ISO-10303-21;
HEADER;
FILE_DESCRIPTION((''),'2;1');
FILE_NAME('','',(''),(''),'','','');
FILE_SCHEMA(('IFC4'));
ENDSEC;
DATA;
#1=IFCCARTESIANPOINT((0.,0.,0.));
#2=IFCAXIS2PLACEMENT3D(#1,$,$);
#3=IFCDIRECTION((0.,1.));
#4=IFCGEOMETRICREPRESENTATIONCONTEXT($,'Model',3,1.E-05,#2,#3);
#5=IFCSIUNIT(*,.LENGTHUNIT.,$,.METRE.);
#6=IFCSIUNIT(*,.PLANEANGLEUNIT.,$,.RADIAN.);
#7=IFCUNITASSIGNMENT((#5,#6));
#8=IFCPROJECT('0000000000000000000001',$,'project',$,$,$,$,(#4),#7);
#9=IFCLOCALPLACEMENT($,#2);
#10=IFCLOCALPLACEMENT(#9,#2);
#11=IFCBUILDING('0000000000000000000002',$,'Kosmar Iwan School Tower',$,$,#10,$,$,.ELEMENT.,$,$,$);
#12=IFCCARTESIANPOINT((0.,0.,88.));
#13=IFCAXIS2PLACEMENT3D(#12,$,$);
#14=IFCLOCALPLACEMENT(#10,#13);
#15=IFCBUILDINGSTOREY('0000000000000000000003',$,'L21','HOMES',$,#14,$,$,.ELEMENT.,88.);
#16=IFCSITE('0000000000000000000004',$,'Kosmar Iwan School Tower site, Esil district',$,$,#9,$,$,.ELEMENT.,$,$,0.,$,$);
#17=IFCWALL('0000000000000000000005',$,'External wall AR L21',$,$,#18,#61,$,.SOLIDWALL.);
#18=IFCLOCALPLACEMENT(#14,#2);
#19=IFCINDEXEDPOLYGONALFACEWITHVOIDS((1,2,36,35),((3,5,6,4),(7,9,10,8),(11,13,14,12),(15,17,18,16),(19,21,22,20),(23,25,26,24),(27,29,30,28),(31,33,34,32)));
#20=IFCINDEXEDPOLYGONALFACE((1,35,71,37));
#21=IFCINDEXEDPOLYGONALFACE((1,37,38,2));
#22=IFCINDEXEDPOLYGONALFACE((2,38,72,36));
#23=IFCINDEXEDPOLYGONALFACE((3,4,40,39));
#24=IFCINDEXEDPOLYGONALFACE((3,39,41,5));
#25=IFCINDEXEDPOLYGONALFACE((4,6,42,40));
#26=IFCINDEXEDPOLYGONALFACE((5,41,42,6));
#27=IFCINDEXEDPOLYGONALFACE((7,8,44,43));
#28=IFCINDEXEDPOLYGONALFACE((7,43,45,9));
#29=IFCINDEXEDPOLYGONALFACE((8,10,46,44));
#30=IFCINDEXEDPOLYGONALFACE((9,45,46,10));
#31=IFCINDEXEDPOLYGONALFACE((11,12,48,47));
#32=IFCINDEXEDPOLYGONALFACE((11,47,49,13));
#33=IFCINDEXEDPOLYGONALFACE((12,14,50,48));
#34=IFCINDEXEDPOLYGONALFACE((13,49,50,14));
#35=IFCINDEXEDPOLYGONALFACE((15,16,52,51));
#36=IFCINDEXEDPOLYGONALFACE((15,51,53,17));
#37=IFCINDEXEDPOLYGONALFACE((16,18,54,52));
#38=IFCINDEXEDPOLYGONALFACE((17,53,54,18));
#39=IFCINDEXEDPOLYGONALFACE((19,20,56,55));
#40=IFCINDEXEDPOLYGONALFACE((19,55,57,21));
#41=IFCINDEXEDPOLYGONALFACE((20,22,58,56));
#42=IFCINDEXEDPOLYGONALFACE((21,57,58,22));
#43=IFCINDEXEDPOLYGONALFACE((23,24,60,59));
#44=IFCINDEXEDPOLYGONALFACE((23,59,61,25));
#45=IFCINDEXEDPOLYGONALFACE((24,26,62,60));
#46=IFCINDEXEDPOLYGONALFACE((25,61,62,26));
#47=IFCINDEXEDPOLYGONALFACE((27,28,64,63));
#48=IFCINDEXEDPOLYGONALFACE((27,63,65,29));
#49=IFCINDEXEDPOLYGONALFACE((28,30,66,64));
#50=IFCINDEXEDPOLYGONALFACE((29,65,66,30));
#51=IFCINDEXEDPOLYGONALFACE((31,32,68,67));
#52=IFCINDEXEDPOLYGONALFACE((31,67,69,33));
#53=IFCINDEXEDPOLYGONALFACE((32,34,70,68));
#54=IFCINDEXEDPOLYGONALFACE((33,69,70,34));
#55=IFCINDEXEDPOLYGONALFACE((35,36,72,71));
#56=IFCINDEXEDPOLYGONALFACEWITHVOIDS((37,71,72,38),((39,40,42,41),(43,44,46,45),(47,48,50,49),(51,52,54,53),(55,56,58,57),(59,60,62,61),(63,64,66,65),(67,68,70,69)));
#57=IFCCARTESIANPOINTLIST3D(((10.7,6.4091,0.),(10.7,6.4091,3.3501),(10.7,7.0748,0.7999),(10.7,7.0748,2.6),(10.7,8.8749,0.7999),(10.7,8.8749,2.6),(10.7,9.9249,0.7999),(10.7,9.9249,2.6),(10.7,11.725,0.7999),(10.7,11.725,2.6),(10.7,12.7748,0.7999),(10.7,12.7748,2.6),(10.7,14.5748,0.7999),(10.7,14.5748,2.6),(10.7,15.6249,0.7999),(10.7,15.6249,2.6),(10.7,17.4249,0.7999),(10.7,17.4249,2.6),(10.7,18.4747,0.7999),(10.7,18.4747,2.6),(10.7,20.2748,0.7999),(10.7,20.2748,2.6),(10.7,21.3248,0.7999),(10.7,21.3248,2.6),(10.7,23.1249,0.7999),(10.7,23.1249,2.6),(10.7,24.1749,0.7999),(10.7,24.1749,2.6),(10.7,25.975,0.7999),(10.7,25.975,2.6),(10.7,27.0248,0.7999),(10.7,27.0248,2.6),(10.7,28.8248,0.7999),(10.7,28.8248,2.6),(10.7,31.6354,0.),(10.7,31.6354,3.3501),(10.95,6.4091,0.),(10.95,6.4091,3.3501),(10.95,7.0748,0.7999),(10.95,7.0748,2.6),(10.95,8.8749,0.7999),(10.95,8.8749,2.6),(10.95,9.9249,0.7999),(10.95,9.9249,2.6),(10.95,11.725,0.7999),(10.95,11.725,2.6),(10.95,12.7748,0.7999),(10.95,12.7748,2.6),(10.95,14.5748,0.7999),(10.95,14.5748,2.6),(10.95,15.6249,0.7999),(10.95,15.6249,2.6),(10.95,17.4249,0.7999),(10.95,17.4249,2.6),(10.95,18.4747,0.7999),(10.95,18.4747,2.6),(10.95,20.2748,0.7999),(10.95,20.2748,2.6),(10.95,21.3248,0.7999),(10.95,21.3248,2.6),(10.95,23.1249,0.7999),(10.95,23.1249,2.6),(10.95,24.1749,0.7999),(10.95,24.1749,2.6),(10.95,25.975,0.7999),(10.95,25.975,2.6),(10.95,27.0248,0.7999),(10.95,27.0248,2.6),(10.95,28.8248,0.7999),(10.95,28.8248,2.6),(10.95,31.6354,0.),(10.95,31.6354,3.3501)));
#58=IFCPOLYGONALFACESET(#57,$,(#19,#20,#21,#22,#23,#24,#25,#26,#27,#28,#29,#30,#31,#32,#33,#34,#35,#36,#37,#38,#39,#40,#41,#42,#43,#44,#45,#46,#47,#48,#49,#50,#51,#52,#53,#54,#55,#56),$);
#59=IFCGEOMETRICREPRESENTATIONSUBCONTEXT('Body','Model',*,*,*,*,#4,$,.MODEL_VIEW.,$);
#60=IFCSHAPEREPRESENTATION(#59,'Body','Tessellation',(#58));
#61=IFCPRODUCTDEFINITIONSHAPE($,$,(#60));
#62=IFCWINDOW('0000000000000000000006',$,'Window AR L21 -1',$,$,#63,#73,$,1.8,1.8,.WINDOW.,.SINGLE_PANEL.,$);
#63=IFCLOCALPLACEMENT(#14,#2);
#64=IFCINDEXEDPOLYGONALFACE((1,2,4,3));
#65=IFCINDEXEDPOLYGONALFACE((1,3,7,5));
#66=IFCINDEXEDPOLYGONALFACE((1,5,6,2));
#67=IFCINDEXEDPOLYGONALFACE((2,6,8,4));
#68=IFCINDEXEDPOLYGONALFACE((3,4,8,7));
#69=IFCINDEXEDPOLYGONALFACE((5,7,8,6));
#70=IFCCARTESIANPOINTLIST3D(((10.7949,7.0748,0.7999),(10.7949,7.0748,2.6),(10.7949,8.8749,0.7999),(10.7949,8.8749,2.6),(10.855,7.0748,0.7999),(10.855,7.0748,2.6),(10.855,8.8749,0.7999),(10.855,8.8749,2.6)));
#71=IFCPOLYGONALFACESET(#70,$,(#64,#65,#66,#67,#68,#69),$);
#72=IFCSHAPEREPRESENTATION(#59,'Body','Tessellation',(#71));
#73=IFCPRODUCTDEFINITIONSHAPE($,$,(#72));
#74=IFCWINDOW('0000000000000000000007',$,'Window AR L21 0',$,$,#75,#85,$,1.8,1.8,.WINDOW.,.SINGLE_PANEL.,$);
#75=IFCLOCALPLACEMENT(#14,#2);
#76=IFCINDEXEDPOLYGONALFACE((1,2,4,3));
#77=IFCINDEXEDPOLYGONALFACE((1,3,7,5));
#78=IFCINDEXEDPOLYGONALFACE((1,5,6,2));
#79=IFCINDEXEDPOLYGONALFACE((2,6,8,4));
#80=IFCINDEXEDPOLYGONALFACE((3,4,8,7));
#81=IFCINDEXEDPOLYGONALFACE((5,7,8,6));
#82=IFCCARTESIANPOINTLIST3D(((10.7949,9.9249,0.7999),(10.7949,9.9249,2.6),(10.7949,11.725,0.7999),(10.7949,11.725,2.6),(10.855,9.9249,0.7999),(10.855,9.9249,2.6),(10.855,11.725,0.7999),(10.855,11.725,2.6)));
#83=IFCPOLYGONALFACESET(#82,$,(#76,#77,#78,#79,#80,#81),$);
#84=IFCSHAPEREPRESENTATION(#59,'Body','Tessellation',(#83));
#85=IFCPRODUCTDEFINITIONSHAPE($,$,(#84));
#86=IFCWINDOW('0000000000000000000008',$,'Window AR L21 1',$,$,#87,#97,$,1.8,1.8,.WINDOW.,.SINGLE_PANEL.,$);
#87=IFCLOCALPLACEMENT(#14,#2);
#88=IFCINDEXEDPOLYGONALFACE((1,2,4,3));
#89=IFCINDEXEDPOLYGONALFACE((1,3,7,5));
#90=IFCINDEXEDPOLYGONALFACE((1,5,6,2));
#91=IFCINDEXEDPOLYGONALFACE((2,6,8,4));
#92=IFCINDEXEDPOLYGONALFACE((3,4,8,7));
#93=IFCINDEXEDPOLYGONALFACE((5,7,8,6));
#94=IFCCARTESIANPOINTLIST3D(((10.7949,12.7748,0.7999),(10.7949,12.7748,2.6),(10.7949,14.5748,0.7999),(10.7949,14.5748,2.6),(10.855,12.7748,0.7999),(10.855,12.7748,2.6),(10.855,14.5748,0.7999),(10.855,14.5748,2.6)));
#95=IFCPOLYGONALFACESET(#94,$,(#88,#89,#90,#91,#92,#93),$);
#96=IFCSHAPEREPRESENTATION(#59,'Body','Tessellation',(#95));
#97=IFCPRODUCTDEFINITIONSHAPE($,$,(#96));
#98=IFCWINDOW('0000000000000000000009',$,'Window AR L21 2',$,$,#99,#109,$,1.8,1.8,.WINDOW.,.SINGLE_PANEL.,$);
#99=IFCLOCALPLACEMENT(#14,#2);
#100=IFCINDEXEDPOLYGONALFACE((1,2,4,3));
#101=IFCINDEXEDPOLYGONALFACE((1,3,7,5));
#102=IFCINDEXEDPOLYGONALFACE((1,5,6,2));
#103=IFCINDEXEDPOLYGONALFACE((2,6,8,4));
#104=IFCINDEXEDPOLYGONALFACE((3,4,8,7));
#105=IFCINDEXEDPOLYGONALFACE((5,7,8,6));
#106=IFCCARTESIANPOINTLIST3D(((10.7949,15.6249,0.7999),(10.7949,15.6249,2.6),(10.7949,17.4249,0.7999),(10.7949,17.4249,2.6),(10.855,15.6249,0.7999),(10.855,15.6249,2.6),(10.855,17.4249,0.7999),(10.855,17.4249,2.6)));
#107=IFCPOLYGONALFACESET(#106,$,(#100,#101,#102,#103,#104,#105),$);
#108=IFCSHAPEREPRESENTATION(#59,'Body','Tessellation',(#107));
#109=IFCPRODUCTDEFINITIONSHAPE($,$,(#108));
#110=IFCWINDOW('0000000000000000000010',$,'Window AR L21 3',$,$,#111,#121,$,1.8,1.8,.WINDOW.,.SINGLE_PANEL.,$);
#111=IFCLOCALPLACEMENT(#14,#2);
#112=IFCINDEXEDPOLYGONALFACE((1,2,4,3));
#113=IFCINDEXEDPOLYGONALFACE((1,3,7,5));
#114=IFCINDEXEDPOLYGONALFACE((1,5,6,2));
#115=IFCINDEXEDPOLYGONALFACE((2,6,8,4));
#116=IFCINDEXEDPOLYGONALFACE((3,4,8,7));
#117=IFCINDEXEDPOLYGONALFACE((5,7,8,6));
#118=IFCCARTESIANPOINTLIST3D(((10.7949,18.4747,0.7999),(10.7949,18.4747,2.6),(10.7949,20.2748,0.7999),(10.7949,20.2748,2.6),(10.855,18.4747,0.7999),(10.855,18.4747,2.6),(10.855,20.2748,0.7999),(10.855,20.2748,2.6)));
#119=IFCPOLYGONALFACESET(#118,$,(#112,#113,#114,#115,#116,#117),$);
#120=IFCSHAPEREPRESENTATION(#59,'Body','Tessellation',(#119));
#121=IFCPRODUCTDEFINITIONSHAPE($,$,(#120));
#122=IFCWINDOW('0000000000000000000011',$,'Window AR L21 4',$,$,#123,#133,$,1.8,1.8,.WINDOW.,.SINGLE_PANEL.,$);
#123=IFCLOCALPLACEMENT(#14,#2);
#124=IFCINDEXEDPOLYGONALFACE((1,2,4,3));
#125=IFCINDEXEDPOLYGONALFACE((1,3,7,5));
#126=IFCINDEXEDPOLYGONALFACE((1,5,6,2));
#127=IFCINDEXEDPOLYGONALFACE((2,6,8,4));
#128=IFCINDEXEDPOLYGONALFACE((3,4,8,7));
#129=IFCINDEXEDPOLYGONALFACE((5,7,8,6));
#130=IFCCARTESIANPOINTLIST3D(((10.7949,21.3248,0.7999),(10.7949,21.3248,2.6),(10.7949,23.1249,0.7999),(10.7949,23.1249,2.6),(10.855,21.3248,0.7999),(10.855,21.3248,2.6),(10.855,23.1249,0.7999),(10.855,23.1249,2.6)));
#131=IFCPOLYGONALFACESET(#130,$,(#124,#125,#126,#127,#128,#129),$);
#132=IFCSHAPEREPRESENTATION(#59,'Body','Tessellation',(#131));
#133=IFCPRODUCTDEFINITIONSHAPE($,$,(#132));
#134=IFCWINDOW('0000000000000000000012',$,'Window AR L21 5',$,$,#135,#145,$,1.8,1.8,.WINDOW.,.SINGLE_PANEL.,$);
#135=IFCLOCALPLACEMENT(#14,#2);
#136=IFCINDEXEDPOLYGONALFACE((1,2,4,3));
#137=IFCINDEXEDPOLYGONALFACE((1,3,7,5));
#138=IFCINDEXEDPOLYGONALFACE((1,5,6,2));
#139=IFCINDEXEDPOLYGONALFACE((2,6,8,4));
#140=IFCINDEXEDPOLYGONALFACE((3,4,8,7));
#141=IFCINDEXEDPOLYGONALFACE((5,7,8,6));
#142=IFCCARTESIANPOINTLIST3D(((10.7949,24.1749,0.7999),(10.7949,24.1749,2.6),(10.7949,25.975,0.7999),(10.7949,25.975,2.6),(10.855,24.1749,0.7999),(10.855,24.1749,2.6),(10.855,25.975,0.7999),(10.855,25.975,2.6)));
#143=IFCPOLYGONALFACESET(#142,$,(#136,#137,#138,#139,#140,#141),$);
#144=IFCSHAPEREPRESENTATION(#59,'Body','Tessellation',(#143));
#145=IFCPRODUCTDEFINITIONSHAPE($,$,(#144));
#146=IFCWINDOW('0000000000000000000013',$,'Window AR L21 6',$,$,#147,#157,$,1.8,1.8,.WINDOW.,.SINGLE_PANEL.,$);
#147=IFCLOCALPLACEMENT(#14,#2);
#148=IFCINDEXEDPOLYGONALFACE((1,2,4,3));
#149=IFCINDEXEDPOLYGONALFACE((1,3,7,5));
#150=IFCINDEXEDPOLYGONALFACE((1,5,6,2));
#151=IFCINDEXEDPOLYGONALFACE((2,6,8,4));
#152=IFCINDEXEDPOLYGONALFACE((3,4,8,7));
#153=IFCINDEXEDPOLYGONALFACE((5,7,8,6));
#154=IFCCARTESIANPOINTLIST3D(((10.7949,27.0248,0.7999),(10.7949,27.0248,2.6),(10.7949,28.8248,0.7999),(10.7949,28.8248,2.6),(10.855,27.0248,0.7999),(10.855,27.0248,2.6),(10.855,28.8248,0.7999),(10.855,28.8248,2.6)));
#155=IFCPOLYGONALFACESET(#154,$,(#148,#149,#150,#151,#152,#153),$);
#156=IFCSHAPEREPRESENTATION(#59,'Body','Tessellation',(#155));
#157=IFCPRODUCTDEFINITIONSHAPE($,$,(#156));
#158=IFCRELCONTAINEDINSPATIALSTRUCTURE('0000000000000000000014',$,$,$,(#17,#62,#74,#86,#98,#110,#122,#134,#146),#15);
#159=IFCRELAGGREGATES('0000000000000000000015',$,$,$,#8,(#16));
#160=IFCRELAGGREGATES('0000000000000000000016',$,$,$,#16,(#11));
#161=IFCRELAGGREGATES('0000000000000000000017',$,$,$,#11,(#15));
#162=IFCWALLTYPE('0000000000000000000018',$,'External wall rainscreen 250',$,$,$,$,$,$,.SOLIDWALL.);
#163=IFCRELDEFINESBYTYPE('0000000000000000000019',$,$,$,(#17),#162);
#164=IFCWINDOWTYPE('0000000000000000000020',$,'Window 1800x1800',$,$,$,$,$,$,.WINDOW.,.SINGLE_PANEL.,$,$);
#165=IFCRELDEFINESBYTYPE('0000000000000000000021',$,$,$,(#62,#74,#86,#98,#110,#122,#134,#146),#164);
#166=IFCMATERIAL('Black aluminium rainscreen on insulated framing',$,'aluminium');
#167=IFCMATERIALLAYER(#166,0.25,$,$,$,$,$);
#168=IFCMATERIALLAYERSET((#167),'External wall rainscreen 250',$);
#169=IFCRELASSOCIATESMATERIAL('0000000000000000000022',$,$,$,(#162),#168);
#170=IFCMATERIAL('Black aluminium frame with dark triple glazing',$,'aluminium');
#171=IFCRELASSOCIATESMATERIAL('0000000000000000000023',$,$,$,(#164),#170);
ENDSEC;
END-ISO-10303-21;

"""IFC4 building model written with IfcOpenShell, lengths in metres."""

from ifc_helpers import new_model, si_unit, direction, frame, frame_2d, origin, place, context, subcontext, project, spatial, rectangle, extrude, material, layer, layer_set, type_object, element, fill, save


model = new_model("IFC4")

# Units and contexts
model_context = context("Model", 3, precision=1e-05, world=origin(), true_north=direction((0.0, 1.0)))
body_context = subcontext(model_context, "Body", "Model", "MODEL_VIEW")
ifc_project = project(units=[si_unit("LENGTHUNIT", "METRE"), si_unit("PLANEANGLEUNIT", "RADIAN")], contexts=[model_context])

# Site, building, storey
site_placement = place(None, origin())
site = spatial("IfcSite", under=ifc_project, at=site_placement, Name="Kosmar Iwan School Tower site, Esil district", CompositionType="ELEMENT", RefElevation=0.0)
building_placement = place(site_placement, origin())
building = spatial("IfcBuilding", under=site, at=building_placement, Name="Kosmar Iwan School Tower", CompositionType="ELEMENT")
storey_placement = place(building_placement, frame((0.0, 0.0, 88.0)))
storey = spatial("IfcBuildingStorey", under=building, at=storey_placement, Name="L21", Description="HOMES", CompositionType="ELEMENT", Elevation=88.0)

# Wall, openings, windows
ifc_material_1 = material(Name="Black aluminium rainscreen on insulated framing", Category="aluminium")
ifc_layer = layer(ifc_material_1, 0.25)
ifc_layer_set = layer_set([ifc_layer], Name="External wall rainscreen 250")
wall_type = type_object("IfcWallType", Name="External wall rainscreen 250", PredefinedType="SOLIDWALL", material=ifc_layer_set)
ifc_material_2 = material(Name="Black aluminium frame with dark triple glazing", Category="aluminium")
window_type = type_object("IfcWindowType", Name="Window 1800x1800", PartitioningType="SINGLE_PANEL", PredefinedType="WINDOW", material=ifc_material_2)
wall_1_placement = place(storey_placement, frame((10.825, 6.4089, 0.0), z_axis=(0.0, 0.0, 1.0), x_axis=(0.0, 1.0, 0.0)))
wall_1 = element("IfcWall", 1, at=wall_1_placement, inside=storey, type_object=wall_type, Name="External wall AR L21", PredefinedType="SOLIDWALL", context=body_context, shape_type="SweptSolid", body=[
    extrude(rectangle(XDim=25.2263, YDim=0.25, at=frame_2d((12.6133, 0.0))), origin(), (0.0, 0.0, 1.0), 3.3501),
])
opening_1_placement = place(wall_1_placement, frame((0.666, 0.0, 0.8)))
opening_1 = element("IfcOpeningElement", 2, at=opening_1_placement, cuts=wall_1, PredefinedType="OPENING", context=body_context, shape_type="SweptSolid", body=[
    extrude(rectangle(XDim=1.8, YDim=1.8, at=frame_2d((0.8999, 0.8999))), frame((0.0, 0.137, 0.0), z_axis=(0.0, -1.0, 0.0), x_axis=(1.0, 0.0, 0.0)), (0.0, 0.0, 1.0), 0.2739),
])
opening_2_placement = place(wall_1_placement, frame((3.5161, 0.0, 0.8)))
opening_2 = element("IfcOpeningElement", 3, at=opening_2_placement, cuts=wall_1, PredefinedType="OPENING", context=body_context, shape_type="SweptSolid", body=[
    extrude(rectangle(XDim=1.8, YDim=1.8, at=frame_2d((0.8999, 0.8999))), frame((0.0, 0.137, 0.0), z_axis=(0.0, -1.0, 0.0), x_axis=(1.0, 0.0, 0.0)), (0.0, 0.0, 1.0), 0.2739),
])
opening_3_placement = place(wall_1_placement, frame((6.366, 0.0, 0.8)))
opening_3 = element("IfcOpeningElement", 4, at=opening_3_placement, cuts=wall_1, PredefinedType="OPENING", context=body_context, shape_type="SweptSolid", body=[
    extrude(rectangle(XDim=1.8, YDim=1.8, at=frame_2d((0.8999, 0.8999))), frame((0.0, 0.137, 0.0), z_axis=(0.0, -1.0, 0.0), x_axis=(1.0, 0.0, 0.0)), (0.0, 0.0, 1.0), 0.2739),
])
opening_4_placement = place(wall_1_placement, frame((9.2161, 0.0, 0.8)))
opening_4 = element("IfcOpeningElement", 5, at=opening_4_placement, cuts=wall_1, PredefinedType="OPENING", context=body_context, shape_type="SweptSolid", body=[
    extrude(rectangle(XDim=1.8, YDim=1.8, at=frame_2d((0.8999, 0.8999))), frame((0.0, 0.137, 0.0), z_axis=(0.0, -1.0, 0.0), x_axis=(1.0, 0.0, 0.0)), (0.0, 0.0, 1.0), 0.2739),
])
opening_5_placement = place(wall_1_placement, frame((12.0659, 0.0, 0.8)))
opening_5 = element("IfcOpeningElement", 6, at=opening_5_placement, cuts=wall_1, PredefinedType="OPENING", context=body_context, shape_type="SweptSolid", body=[
    extrude(rectangle(XDim=1.8, YDim=1.8, at=frame_2d((0.8999, 0.8999))), frame((0.0, 0.137, 0.0), z_axis=(0.0, -1.0, 0.0), x_axis=(1.0, 0.0, 0.0)), (0.0, 0.0, 1.0), 0.2739),
])
opening_6_placement = place(wall_1_placement, frame((14.916, 0.0, 0.8)))
opening_6 = element("IfcOpeningElement", 7, at=opening_6_placement, cuts=wall_1, PredefinedType="OPENING", context=body_context, shape_type="SweptSolid", body=[
    extrude(rectangle(XDim=1.8, YDim=1.8, at=frame_2d((0.8999, 0.8999))), frame((0.0, 0.137, 0.0), z_axis=(0.0, -1.0, 0.0), x_axis=(1.0, 0.0, 0.0)), (0.0, 0.0, 1.0), 0.2739),
])
opening_7_placement = place(wall_1_placement, frame((17.7661, 0.0, 0.8)))
opening_7 = element("IfcOpeningElement", 8, at=opening_7_placement, cuts=wall_1, PredefinedType="OPENING", context=body_context, shape_type="SweptSolid", body=[
    extrude(rectangle(XDim=1.8, YDim=1.8, at=frame_2d((0.8999, 0.8999))), frame((0.0, 0.137, 0.0), z_axis=(0.0, -1.0, 0.0), x_axis=(1.0, 0.0, 0.0)), (0.0, 0.0, 1.0), 0.2739),
])
opening_8_placement = place(wall_1_placement, frame((20.616, 0.0, 0.8)))
opening_8 = element("IfcOpeningElement", 9, at=opening_8_placement, cuts=wall_1, PredefinedType="OPENING", context=body_context, shape_type="SweptSolid", body=[
    extrude(rectangle(XDim=1.8, YDim=1.8, at=frame_2d((0.8999, 0.8999))), frame((0.0, 0.137, 0.0), z_axis=(0.0, -1.0, 0.0), x_axis=(1.0, 0.0, 0.0)), (0.0, 0.0, 1.0), 0.2739),
])
window_1_placement = place(opening_1_placement, origin())
window_1 = element("IfcWindow", 10, at=window_1_placement, inside=storey, type_object=window_type, Name="Window AR L21 -1", OverallHeight=1.8, OverallWidth=1.8, PartitioningType="SINGLE_PANEL", PredefinedType="WINDOW", context=body_context, shape_type="SweptSolid", body=[
    extrude(rectangle(XDim=1.8, YDim=1.8, at=frame_2d((0.8999, 0.8999))), frame((0.0, 0.03, 0.0), z_axis=(0.0, -1.0, 0.0), x_axis=(1.0, 0.0, 0.0)), (0.0, 0.0, 1.0), 0.0601),
])
fill(opening_1, window_1)
window_2_placement = place(opening_2_placement, origin())
window_2 = element("IfcWindow", 11, at=window_2_placement, inside=storey, type_object=window_type, Name="Window AR L21 0", OverallHeight=1.8, OverallWidth=1.8, PartitioningType="SINGLE_PANEL", PredefinedType="WINDOW", context=body_context, shape_type="SweptSolid", body=[
    extrude(rectangle(XDim=1.8, YDim=1.8, at=frame_2d((0.8999, 0.8999))), frame((0.0, 0.03, 0.0), z_axis=(0.0, -1.0, 0.0), x_axis=(1.0, 0.0, 0.0)), (0.0, 0.0, 1.0), 0.0601),
])
fill(opening_2, window_2)
window_3_placement = place(opening_3_placement, origin())
window_3 = element("IfcWindow", 12, at=window_3_placement, inside=storey, type_object=window_type, Name="Window AR L21 1", OverallHeight=1.8, OverallWidth=1.8, PartitioningType="SINGLE_PANEL", PredefinedType="WINDOW", context=body_context, shape_type="SweptSolid", body=[
    extrude(rectangle(XDim=1.8, YDim=1.8, at=frame_2d((0.8999, 0.8999))), frame((0.0, 0.03, 0.0), z_axis=(0.0, -1.0, 0.0), x_axis=(1.0, 0.0, 0.0)), (0.0, 0.0, 1.0), 0.0601),
])
fill(opening_3, window_3)
window_4_placement = place(opening_4_placement, origin())
window_4 = element("IfcWindow", 13, at=window_4_placement, inside=storey, type_object=window_type, Name="Window AR L21 2", OverallHeight=1.8, OverallWidth=1.8, PartitioningType="SINGLE_PANEL", PredefinedType="WINDOW", context=body_context, shape_type="SweptSolid", body=[
    extrude(rectangle(XDim=1.8, YDim=1.8, at=frame_2d((0.8999, 0.8999))), frame((0.0, 0.03, 0.0), z_axis=(0.0, -1.0, 0.0), x_axis=(1.0, 0.0, 0.0)), (0.0, 0.0, 1.0), 0.0601),
])
fill(opening_4, window_4)
window_5_placement = place(opening_5_placement, origin())
window_5 = element("IfcWindow", 14, at=window_5_placement, inside=storey, type_object=window_type, Name="Window AR L21 3", OverallHeight=1.8, OverallWidth=1.8, PartitioningType="SINGLE_PANEL", PredefinedType="WINDOW", context=body_context, shape_type="SweptSolid", body=[
    extrude(rectangle(XDim=1.8, YDim=1.8, at=frame_2d((0.8999, 0.8999))), frame((0.0, 0.03, 0.0), z_axis=(0.0, -1.0, 0.0), x_axis=(1.0, 0.0, 0.0)), (0.0, 0.0, 1.0), 0.0601),
])
fill(opening_5, window_5)
window_6_placement = place(opening_6_placement, origin())
window_6 = element("IfcWindow", 15, at=window_6_placement, inside=storey, type_object=window_type, Name="Window AR L21 4", OverallHeight=1.8, OverallWidth=1.8, PartitioningType="SINGLE_PANEL", PredefinedType="WINDOW", context=body_context, shape_type="SweptSolid", body=[
    extrude(rectangle(XDim=1.8, YDim=1.8, at=frame_2d((0.8999, 0.8999))), frame((0.0, 0.03, 0.0), z_axis=(0.0, -1.0, 0.0), x_axis=(1.0, 0.0, 0.0)), (0.0, 0.0, 1.0), 0.0601),
])
fill(opening_6, window_6)
window_7_placement = place(opening_7_placement, origin())
window_7 = element("IfcWindow", 16, at=window_7_placement, inside=storey, type_object=window_type, Name="Window AR L21 5", OverallHeight=1.8, OverallWidth=1.8, PartitioningType="SINGLE_PANEL", PredefinedType="WINDOW", context=body_context, shape_type="SweptSolid", body=[
    extrude(rectangle(XDim=1.8, YDim=1.8, at=frame_2d((0.8999, 0.8999))), frame((0.0, 0.03, 0.0), z_axis=(0.0, -1.0, 0.0), x_axis=(1.0, 0.0, 0.0)), (0.0, 0.0, 1.0), 0.0601),
])
fill(opening_7, window_7)
window_8_placement = place(opening_8_placement, origin())
window_8 = element("IfcWindow", 17, at=window_8_placement, inside=storey, type_object=window_type, Name="Window AR L21 6", OverallHeight=1.8, OverallWidth=1.8, PartitioningType="SINGLE_PANEL", PredefinedType="WINDOW", context=body_context, shape_type="SweptSolid", body=[
    extrude(rectangle(XDim=1.8, YDim=1.8, at=frame_2d((0.8999, 0.8999))), frame((0.0, 0.03, 0.0), z_axis=(0.0, -1.0, 0.0), x_axis=(1.0, 0.0, 0.0)), (0.0, 0.0, 1.0), 0.0601),
])
fill(opening_8, window_8)

save(model, "model.ifc")
